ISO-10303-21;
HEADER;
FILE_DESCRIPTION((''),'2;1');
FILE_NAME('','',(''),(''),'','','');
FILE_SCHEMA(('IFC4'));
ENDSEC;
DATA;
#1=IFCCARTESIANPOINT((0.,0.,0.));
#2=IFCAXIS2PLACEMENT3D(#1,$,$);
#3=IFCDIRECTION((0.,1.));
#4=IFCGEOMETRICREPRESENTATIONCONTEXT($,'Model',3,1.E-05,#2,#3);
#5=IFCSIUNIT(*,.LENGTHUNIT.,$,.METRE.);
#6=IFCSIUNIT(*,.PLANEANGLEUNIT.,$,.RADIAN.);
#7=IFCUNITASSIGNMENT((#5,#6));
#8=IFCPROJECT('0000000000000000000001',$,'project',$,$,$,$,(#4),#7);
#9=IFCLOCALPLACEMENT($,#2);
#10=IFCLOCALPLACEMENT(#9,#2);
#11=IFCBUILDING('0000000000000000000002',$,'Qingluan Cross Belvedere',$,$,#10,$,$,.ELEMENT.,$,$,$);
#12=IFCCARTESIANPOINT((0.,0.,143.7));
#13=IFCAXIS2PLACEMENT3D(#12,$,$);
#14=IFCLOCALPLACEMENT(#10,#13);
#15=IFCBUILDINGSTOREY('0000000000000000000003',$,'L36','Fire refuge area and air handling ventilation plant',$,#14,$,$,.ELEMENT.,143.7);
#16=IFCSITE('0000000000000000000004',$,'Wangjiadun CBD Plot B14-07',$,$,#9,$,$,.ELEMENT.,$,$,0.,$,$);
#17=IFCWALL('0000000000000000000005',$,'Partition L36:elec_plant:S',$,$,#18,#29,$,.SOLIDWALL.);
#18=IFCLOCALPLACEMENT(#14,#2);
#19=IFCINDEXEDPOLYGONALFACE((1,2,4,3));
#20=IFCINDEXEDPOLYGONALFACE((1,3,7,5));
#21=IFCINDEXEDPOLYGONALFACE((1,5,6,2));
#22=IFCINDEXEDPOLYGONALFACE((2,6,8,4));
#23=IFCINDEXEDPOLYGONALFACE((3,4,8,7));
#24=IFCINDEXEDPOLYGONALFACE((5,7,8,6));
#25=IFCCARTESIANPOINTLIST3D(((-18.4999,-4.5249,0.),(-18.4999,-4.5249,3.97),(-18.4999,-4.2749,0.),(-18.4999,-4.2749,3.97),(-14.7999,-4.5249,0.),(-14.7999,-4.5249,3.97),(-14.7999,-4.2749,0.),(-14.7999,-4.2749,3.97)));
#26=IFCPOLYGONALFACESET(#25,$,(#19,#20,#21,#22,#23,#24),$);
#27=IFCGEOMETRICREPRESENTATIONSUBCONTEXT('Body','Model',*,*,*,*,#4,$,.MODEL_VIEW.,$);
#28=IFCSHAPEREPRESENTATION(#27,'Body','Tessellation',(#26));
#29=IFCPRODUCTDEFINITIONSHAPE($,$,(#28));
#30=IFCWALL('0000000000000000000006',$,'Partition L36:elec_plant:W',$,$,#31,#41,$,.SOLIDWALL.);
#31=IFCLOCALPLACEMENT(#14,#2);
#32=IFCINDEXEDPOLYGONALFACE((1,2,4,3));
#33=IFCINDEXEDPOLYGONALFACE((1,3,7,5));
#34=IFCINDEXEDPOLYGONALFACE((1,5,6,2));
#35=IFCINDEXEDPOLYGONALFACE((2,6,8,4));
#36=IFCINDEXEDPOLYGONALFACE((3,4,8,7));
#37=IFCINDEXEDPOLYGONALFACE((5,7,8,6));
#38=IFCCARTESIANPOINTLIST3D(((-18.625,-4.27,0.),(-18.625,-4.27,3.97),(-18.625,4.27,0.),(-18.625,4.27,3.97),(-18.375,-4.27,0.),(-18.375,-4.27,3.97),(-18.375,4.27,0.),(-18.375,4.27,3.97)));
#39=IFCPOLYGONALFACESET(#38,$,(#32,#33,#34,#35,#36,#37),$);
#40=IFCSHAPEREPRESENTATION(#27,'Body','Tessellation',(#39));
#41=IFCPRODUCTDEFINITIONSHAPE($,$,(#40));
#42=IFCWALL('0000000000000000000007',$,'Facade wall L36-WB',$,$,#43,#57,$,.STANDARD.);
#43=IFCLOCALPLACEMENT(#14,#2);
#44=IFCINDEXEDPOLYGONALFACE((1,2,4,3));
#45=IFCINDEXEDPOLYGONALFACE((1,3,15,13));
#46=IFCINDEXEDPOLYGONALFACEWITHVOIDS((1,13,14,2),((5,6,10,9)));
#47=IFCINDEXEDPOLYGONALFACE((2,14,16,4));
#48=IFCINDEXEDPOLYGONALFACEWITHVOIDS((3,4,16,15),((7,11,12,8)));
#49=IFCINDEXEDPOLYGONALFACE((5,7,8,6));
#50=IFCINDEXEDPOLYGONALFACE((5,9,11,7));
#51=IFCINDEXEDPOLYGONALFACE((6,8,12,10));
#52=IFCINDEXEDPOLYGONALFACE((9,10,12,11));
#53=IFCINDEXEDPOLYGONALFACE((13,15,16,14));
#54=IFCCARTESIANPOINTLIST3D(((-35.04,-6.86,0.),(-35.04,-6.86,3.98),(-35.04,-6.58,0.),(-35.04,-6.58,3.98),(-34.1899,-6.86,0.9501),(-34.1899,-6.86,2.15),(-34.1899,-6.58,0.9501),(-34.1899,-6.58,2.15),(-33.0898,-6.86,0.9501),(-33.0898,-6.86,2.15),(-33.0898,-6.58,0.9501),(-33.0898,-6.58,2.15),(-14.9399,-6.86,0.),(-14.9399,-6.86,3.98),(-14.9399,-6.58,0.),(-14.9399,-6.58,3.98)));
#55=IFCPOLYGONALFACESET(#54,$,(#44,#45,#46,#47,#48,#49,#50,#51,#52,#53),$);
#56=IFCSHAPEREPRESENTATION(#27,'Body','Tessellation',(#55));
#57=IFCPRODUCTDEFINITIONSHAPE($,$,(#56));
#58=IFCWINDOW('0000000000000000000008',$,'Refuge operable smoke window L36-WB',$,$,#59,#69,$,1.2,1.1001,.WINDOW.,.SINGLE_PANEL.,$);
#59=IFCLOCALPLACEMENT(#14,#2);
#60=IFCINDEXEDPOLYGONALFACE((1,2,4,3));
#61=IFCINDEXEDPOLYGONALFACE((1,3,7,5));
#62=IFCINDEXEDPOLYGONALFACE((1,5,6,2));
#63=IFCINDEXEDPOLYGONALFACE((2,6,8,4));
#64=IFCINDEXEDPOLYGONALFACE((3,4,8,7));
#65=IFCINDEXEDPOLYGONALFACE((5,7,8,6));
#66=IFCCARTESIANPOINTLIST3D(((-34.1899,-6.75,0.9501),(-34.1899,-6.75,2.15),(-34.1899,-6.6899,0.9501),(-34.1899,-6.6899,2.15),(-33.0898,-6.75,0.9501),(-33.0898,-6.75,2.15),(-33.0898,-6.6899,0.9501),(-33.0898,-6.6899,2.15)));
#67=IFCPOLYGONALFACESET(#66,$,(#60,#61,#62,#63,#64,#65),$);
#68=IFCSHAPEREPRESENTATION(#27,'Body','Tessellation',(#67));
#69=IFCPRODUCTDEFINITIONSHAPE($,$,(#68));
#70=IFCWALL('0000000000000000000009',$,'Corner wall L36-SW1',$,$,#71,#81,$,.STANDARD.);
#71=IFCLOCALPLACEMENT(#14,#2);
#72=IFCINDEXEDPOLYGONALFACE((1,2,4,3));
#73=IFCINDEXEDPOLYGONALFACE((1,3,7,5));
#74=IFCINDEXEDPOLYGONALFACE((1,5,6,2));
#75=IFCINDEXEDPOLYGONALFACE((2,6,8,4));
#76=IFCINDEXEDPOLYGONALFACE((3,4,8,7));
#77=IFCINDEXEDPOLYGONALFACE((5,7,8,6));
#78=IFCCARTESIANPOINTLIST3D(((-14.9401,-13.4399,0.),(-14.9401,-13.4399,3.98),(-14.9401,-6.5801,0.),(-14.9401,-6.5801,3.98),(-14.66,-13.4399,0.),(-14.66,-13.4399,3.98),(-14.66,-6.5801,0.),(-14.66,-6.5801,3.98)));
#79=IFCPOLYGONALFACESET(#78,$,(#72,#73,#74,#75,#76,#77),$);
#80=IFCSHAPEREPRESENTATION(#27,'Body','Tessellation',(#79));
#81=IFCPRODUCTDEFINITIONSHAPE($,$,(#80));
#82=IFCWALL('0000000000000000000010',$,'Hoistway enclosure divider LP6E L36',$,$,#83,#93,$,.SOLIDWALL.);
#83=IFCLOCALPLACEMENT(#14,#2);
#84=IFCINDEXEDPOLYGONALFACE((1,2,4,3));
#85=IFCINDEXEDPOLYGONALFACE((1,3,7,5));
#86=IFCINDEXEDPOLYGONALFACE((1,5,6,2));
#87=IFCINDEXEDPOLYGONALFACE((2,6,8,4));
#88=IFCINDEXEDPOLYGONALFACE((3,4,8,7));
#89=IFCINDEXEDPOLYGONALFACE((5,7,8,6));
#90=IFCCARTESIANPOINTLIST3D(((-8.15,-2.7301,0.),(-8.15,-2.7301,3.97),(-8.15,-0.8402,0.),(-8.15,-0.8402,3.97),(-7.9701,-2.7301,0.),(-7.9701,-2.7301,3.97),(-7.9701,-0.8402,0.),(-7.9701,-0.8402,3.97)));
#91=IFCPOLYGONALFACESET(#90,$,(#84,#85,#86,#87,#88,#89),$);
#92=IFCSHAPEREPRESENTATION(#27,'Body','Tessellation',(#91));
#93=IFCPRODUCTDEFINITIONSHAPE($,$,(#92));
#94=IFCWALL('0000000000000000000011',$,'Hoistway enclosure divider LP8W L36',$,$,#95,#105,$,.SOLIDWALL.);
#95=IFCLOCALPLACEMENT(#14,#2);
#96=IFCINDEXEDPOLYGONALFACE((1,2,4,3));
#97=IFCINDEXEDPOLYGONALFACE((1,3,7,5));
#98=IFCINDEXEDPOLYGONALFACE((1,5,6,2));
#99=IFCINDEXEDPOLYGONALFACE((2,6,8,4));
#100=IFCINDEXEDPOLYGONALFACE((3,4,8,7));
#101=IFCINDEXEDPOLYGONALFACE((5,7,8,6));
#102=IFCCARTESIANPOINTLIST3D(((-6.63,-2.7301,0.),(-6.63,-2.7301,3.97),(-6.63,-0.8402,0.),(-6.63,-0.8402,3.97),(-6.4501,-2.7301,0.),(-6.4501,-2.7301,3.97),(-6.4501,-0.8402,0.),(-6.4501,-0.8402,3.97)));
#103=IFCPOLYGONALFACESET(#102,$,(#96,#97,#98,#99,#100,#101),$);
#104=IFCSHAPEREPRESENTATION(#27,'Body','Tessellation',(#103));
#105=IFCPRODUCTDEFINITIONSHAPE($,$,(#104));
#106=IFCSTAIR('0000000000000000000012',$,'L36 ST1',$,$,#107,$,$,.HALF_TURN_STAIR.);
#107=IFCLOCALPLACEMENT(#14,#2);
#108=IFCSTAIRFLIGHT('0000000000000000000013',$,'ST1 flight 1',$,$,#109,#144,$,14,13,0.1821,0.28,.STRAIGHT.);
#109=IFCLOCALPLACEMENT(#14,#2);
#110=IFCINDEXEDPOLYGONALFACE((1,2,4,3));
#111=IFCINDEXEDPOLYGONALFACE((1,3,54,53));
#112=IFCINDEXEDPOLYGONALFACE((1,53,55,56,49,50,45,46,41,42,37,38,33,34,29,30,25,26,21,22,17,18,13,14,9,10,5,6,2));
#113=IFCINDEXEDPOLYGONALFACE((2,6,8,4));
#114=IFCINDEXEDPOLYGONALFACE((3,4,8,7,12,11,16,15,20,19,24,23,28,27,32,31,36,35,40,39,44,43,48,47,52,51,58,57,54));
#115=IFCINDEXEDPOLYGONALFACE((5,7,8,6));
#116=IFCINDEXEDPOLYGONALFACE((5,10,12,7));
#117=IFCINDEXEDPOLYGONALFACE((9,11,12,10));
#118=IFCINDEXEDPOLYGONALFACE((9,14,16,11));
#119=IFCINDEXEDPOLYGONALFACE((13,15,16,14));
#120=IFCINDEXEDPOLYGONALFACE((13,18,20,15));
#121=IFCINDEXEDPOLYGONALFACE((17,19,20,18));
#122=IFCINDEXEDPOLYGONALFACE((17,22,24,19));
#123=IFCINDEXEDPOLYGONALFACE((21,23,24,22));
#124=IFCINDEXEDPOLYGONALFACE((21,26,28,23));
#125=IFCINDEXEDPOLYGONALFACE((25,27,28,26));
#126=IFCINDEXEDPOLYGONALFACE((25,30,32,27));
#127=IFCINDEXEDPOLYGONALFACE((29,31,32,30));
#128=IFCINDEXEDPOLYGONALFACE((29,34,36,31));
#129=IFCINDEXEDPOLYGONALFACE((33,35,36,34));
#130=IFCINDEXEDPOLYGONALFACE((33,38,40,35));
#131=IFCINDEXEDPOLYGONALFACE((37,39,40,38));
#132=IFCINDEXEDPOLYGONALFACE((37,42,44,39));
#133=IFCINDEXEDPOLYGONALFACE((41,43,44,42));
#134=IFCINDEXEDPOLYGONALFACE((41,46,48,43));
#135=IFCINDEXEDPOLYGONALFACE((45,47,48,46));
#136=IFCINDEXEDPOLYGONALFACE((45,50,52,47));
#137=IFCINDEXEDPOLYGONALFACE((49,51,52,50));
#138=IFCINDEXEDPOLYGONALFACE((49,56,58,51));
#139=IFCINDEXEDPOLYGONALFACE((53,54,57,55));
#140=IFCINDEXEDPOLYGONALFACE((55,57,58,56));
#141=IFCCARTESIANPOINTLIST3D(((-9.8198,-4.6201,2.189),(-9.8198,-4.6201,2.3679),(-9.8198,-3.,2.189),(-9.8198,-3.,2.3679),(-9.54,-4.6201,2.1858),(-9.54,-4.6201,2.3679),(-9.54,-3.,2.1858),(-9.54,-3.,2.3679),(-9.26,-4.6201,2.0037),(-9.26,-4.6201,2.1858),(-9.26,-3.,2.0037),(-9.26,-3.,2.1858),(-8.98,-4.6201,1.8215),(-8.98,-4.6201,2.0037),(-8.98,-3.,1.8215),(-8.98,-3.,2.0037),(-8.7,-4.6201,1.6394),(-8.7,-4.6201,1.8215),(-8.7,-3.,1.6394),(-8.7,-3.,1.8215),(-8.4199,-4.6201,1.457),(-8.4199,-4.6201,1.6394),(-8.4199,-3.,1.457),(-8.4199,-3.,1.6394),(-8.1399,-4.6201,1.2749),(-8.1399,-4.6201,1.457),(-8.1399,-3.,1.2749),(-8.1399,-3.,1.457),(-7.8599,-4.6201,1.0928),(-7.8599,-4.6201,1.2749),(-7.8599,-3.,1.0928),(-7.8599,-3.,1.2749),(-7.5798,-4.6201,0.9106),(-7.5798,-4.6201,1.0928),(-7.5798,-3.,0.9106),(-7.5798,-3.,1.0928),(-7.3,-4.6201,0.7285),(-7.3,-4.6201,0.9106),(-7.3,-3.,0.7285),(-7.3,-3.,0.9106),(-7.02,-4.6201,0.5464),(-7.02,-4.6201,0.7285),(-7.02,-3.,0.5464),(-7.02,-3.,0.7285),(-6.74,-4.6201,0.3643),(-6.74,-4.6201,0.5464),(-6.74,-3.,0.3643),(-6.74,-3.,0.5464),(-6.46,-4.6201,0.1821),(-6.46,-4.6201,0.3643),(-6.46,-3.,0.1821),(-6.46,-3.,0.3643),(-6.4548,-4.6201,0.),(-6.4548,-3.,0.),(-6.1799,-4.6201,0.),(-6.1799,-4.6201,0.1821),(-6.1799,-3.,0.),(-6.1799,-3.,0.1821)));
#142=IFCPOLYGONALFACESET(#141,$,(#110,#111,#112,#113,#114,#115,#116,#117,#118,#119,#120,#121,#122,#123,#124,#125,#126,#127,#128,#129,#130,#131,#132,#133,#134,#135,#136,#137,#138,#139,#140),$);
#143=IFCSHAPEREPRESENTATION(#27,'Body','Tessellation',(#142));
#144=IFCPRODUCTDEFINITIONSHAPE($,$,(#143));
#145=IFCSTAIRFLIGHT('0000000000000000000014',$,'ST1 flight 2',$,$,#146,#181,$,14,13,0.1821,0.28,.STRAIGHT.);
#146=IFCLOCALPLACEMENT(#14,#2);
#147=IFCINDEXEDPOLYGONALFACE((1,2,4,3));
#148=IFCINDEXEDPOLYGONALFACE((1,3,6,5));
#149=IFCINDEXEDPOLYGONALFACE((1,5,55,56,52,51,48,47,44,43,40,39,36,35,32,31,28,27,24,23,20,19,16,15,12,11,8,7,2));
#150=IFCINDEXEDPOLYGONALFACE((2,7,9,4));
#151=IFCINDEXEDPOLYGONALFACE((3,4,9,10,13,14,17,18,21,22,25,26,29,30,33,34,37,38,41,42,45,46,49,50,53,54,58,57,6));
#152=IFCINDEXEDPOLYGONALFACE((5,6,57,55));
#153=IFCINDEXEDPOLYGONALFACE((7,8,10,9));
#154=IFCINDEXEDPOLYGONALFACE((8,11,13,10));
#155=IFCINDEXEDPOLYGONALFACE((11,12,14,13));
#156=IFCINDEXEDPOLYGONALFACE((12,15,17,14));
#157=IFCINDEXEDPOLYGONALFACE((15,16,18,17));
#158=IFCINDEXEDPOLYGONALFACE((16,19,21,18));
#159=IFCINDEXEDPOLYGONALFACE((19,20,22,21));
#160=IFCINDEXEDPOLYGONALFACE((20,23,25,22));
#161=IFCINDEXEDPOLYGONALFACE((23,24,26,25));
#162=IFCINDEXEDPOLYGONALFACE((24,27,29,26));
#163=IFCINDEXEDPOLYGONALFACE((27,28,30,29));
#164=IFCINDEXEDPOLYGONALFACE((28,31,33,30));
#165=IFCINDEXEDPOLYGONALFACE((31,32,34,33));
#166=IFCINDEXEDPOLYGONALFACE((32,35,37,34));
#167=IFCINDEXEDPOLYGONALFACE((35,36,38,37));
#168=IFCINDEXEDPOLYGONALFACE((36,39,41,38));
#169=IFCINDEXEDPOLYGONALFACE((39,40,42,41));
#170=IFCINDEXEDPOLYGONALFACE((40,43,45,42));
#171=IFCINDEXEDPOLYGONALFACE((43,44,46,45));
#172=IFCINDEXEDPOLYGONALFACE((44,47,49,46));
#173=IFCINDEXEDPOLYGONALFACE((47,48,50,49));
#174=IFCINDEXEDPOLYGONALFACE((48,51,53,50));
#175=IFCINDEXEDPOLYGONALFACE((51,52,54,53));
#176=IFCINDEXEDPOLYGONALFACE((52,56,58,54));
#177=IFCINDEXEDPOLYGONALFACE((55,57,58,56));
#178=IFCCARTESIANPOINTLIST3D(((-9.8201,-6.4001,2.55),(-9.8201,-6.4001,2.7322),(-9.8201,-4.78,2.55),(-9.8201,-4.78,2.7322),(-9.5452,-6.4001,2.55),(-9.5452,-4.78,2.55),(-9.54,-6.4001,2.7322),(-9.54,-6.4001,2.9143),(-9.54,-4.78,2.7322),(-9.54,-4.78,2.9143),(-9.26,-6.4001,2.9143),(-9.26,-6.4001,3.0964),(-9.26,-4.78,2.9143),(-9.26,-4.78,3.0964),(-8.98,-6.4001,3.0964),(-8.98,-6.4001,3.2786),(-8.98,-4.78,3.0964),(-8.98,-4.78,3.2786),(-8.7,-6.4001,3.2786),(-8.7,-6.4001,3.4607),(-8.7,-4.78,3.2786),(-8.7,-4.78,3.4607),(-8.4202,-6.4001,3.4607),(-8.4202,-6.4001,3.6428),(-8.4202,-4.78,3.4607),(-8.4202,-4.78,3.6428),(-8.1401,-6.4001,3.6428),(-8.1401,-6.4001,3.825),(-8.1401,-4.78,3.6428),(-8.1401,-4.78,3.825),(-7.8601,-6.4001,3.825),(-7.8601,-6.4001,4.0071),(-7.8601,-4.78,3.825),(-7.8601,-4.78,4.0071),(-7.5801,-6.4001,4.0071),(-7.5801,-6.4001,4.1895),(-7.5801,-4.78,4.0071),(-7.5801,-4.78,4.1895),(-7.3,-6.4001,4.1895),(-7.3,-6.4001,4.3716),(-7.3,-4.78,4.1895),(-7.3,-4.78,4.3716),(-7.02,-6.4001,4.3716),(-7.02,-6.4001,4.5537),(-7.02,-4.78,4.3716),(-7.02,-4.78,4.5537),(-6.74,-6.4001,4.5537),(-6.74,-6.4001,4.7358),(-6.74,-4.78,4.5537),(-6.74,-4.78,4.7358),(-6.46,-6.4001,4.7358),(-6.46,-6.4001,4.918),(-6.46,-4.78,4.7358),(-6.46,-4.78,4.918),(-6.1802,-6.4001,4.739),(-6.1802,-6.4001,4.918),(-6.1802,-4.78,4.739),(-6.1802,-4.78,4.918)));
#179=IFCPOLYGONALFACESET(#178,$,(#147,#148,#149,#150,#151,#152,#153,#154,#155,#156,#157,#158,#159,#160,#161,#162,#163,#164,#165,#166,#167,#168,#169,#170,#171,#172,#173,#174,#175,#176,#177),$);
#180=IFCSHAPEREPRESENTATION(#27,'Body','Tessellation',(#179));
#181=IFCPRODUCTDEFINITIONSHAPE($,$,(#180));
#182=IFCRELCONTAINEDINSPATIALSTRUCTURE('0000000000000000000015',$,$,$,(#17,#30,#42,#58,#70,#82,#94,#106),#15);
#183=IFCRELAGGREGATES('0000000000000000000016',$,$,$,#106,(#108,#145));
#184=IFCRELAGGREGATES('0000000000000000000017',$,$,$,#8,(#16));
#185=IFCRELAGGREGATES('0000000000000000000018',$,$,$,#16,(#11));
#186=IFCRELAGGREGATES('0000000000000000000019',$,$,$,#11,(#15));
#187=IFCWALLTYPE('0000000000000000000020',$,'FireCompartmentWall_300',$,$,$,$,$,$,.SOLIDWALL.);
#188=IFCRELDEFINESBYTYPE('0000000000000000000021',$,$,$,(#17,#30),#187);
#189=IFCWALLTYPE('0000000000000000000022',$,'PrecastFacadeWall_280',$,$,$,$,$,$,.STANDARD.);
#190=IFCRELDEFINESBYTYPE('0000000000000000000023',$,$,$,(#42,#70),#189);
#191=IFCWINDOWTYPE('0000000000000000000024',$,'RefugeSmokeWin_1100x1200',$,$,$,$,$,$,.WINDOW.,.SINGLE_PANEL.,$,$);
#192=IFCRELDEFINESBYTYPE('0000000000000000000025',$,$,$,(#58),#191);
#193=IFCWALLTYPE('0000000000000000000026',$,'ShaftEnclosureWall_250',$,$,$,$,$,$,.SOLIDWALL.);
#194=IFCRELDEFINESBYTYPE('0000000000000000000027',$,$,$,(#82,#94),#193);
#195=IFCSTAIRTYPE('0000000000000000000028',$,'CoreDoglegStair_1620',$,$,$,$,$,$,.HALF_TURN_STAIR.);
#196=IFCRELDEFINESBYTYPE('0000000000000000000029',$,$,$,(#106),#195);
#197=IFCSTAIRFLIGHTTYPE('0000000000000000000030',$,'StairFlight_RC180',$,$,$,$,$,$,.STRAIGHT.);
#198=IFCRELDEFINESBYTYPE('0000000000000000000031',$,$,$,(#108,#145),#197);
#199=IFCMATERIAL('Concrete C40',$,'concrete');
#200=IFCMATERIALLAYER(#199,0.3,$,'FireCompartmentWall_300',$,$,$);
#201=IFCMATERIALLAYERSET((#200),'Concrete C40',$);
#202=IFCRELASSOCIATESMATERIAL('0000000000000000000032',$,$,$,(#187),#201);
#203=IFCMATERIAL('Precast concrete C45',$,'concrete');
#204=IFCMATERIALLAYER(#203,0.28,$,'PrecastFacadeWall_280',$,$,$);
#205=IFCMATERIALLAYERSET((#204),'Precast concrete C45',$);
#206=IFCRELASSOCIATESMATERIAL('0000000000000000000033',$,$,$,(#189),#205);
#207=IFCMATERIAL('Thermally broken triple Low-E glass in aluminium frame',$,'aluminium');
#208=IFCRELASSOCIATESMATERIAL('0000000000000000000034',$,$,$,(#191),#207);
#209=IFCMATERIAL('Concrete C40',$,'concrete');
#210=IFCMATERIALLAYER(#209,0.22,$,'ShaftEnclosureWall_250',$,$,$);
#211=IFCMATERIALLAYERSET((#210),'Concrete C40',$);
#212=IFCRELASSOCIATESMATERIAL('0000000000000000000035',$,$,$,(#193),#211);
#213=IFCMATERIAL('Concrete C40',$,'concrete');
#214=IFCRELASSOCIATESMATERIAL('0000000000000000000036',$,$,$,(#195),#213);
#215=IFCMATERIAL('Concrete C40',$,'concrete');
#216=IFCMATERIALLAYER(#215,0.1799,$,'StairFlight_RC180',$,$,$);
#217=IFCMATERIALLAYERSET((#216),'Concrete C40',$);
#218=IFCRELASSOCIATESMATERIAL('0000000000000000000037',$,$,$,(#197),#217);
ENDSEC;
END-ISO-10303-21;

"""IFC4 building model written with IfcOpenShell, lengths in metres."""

from ifc_helpers import new_model, si_unit, direction, frame, frame_2d, origin, place, context, subcontext, project, spatial, polyline, rectangle, outline, extrude, material, layer, layer_set, type_object, element, fill, aggregate, save


model = new_model("IFC4")

# Units and contexts
model_context = context("Model", 3, precision=1e-05, world=origin(), true_north=direction((0.0, 1.0)))
body_context = subcontext(model_context, "Body", "Model", "MODEL_VIEW")
ifc_project = project(units=[si_unit("LENGTHUNIT", "METRE"), si_unit("PLANEANGLEUNIT", "RADIAN")], contexts=[model_context])

# Site, building, storey
site_placement = place(None, origin())
site = spatial("IfcSite", under=ifc_project, at=site_placement, Name="Wangjiadun CBD Plot B14-07", CompositionType="ELEMENT", RefElevation=0.0)
building_placement = place(site_placement, origin())
building = spatial("IfcBuilding", under=site, at=building_placement, Name="Qingluan Cross Belvedere", CompositionType="ELEMENT")
storey_placement = place(building_placement, frame((0.0, 0.0, 143.7)))
storey = spatial("IfcBuildingStorey", under=building, at=storey_placement, Name="L36", Description="Fire refuge area and air handling ventilation plant", CompositionType="ELEMENT", Elevation=143.7)

# Walls
ifc_material_1 = material(Name="Concrete C40", Category="concrete")
ifc_layer_1 = layer(ifc_material_1, 0.3, Name="FireCompartmentWall_300")
ifc_layer_set_1 = layer_set([ifc_layer_1], Name="Concrete C40")
wall_type_1 = type_object("IfcWallType", Name="FireCompartmentWall_300", PredefinedType="SOLIDWALL", material=ifc_layer_set_1)
wall_1_placement = place(storey_placement, frame((-18.5, -4.3999, 0.0), z_axis=(0.0, 0.0, 1.0), x_axis=(1.0, 0.0, 0.0)))
element("IfcWall", 1, at=wall_1_placement, inside=storey, type_object=wall_type_1, Name="Partition L36:elec_plant:S", PredefinedType="SOLIDWALL", context=body_context, shape_type="SweptSolid", body=[
    extrude(rectangle(XDim=3.7, YDim=0.25, at=frame_2d((1.8501, 0.0))), origin(), (0.0, 0.0, 1.0), 3.97),
])
wall_2_placement = place(storey_placement, frame((-18.5, -4.27, 0.0), z_axis=(0.0, 0.0, 1.0), x_axis=(0.0, 1.0, 0.0)))
element("IfcWall", 2, at=wall_2_placement, inside=storey, type_object=wall_type_1, Name="Partition L36:elec_plant:W", PredefinedType="SOLIDWALL", context=body_context, shape_type="SweptSolid", body=[
    extrude(rectangle(XDim=8.54, YDim=0.25, at=frame_2d((4.27, 0.0))), origin(), (0.0, 0.0, 1.0), 3.97),
])

# Wall, opening, window
ifc_material_2 = material(Name="Precast concrete C45", Category="concrete")
ifc_layer_2 = layer(ifc_material_2, 0.28, Name="PrecastFacadeWall_280")
ifc_layer_set_2 = layer_set([ifc_layer_2], Name="Precast concrete C45")
wall_type_2 = type_object("IfcWallType", Name="PrecastFacadeWall_280", PredefinedType="STANDARD", material=ifc_layer_set_2)
wall_3_placement = place(storey_placement, frame((-35.04, -6.72, 0.0), z_axis=(0.0, 0.0, 1.0), x_axis=(1.0, 0.0, 0.0)))
wall_3 = element("IfcWall", 3, at=wall_3_placement, inside=storey, type_object=wall_type_2, Name="Facade wall L36-WB", PredefinedType="STANDARD", context=body_context, shape_type="SweptSolid", body=[
    extrude(rectangle(XDim=20.1001, YDim=0.28, at=frame_2d((10.05, 0.0))), origin(), (0.0, 0.0, 1.0), 3.98),
])
opening_1_placement = place(wall_3_placement, frame((0.8501, 0.0, 0.95)))
opening_1 = element("IfcOpeningElement", 4, at=opening_1_placement, cuts=wall_3, PredefinedType="OPENING", context=body_context, shape_type="SweptSolid", body=[
    extrude(rectangle(XDim=1.1001, YDim=1.2, at=frame_2d((0.55, 0.6001))), frame((0.0, 0.1499, 0.0), z_axis=(0.0, -1.0, 0.0), x_axis=(1.0, 0.0, 0.0)), (0.0, 0.0, 1.0), 0.3),
])
ifc_material_3 = material(Name="Thermally broken triple Low-E glass in aluminium frame", Category="aluminium")
window_type = type_object("IfcWindowType", Name="RefugeSmokeWin_1100x1200", PartitioningType="SINGLE_PANEL", PredefinedType="WINDOW", material=ifc_material_3)
window_placement = place(opening_1_placement, origin())
window = element("IfcWindow", 5, at=window_placement, inside=storey, type_object=window_type, Name="Refuge operable smoke window L36-WB", OverallHeight=1.2, OverallWidth=1.1001, PartitioningType="SINGLE_PANEL", PredefinedType="WINDOW", context=body_context, shape_type="SweptSolid", body=[
    extrude(rectangle(XDim=1.1001, YDim=1.2, at=frame_2d((0.55, 0.6001))), frame((0.0, 0.03, 0.0), z_axis=(0.0, -1.0, 0.0), x_axis=(1.0, 0.0, 0.0)), (0.0, 0.0, 1.0), 0.0601),
])
fill(opening_1, window)

# Walls
wall_4_placement = place(storey_placement, frame((-14.8, -6.5801, 0.0), z_axis=(0.0, 0.0, 1.0), x_axis=(0.0, -1.0, 0.0)))
element("IfcWall", 6, at=wall_4_placement, inside=storey, type_object=wall_type_2, Name="Corner wall L36-SW1", PredefinedType="STANDARD", context=body_context, shape_type="SweptSolid", body=[
    extrude(rectangle(XDim=6.8599, YDim=0.28, at=frame_2d((3.4299, 0.0))), origin(), (0.0, 0.0, 1.0), 3.98),
])
ifc_material_4 = material(Name="Concrete C40", Category="concrete")
ifc_layer_3 = layer(ifc_material_4, 0.22, Name="ShaftEnclosureWall_250")
ifc_layer_set_3 = layer_set([ifc_layer_3], Name="Concrete C40")
wall_type_3 = type_object("IfcWallType", Name="ShaftEnclosureWall_250", PredefinedType="SOLIDWALL", material=ifc_layer_set_3)
for number, where, z_axis, x_axis, name in (
    (7, (-8.0601, -2.73, 0.0), (0.0, 0.0, 1.0), (0.0, 1.0, 0.0), "Hoistway enclosure divider LP6E L36"),
    (8, (-6.54, -2.73, 0.0), (0.0, 0.0, 1.0), (0.0, 1.0, 0.0), "Hoistway enclosure divider LP8W L36"),
):
    element("IfcWall", number, at=place(storey_placement, frame(where, z_axis=z_axis, x_axis=x_axis)), inside=storey, type_object=wall_type_3, Name=name, PredefinedType="SOLIDWALL", context=body_context, shape_type="SweptSolid", body=[
        extrude(rectangle(XDim=1.8899, YDim=0.1799, at=frame_2d((0.9448, 0.0))), origin(), (0.0, 0.0, 1.0), 3.97),
    ])

# Stair, stair flights
ifc_material_5 = material(Name="Concrete C40", Category="concrete")
stair_type = type_object("IfcStairType", Name="CoreDoglegStair_1620", PredefinedType="HALF_TURN_STAIR", material=ifc_material_5)
stair_placement = place(storey_placement, origin())
stair = element("IfcStair", 9, at=stair_placement, inside=storey, type_object=stair_type, Name="L36 ST1", PredefinedType="HALF_TURN_STAIR")
ifc_material_6 = material(Name="Concrete C40", Category="concrete")
ifc_layer_4 = layer(ifc_material_6, 0.1799, Name="StairFlight_RC180")
ifc_layer_set_4 = layer_set([ifc_layer_4], Name="Concrete C40")
stair_flight_type = type_object("IfcStairFlightType", Name="StairFlight_RC180", PredefinedType="STRAIGHT", material=ifc_layer_set_4)
stair_flight_1_placement = place(storey_placement, frame((-6.1799, -3.8101, 0.0), z_axis=(0.0, 0.0, 1.0), x_axis=(-1.0, 0.0, 0.0)))
stair_flight_1 = element("IfcStairFlight", 10, at=stair_flight_1_placement, type_object=stair_flight_type, Name="ST1 flight 1", NumberOfRisers=14, NumberOfTreads=13, PredefinedType="STRAIGHT", RiserHeight=0.1821, TreadLength=0.28, context=body_context, shape_type="SweptSolid", body=[
    extrude(outline(polyline([(0.0, 0.0), (0.0, 0.1821), (0.28, 0.1821), (0.28, 0.3643), (0.5601, 0.3643), (0.5601, 0.5464), (0.8401, 0.5464), (0.8401, 0.7285), (1.1201, 0.7285), (1.1201, 0.9106), (1.3999, 0.9106), (1.3999, 1.0928), (1.6799, 1.0928), (1.6799, 1.2749), (1.96, 1.2749), (1.96, 1.457), (2.24, 1.457), (2.24, 1.6394), (2.52, 1.6394), (2.52, 1.8215), (2.8, 1.8215), (2.8, 2.0037), (3.0801, 2.0037), (3.0801, 2.1858), (3.3601, 2.1858), (3.3601, 2.3679), (3.6399, 2.3679), (3.6399, 2.55), (3.6399, 2.189), (0.2749, 0.0), (0.0, 0.0)])), frame((0.0, 0.8101, 0.0), z_axis=(0.0, -1.0, 0.0), x_axis=(1.0, 0.0, 0.0)), (0.0, 0.0, 1.0), 1.6201),
])
stair_flight_2_placement = place(storey_placement, frame((-9.8201, -5.5901, 2.55), z_axis=(0.0, 0.0, 1.0), x_axis=(1.0, 0.0, 0.0)))
stair_flight_2 = element("IfcStairFlight", 11, at=stair_flight_2_placement, type_object=stair_flight_type, Name="ST1 flight 2", NumberOfRisers=14, NumberOfTreads=13, PredefinedType="STRAIGHT", RiserHeight=0.1821, TreadLength=0.28, context=body_context, shape_type="SweptSolid", body=[
    extrude(outline(polyline([(0.0, 0.0), (0.0, 0.1821), (0.28, 0.1821), (0.28, 0.3643), (0.5601, 0.3643), (0.5601, 0.5464), (0.8401, 0.5464), (0.8401, 0.7285), (1.1201, 0.7285), (1.1201, 0.9106), (1.3999, 0.9106), (1.3999, 1.0928), (1.6799, 1.0928), (1.6799, 1.2749), (1.96, 1.2749), (1.96, 1.457), (2.24, 1.457), (2.24, 1.6394), (2.52, 1.6394), (2.52, 1.8215), (2.8, 1.8215), (2.8, 2.0037), (3.0801, 2.0037), (3.0801, 2.1858), (3.3601, 2.1858), (3.3601, 2.3679), (3.6399, 2.3679), (3.6399, 2.55), (3.6399, 2.189), (0.2749, 0.0), (0.0, 0.0)])), frame((0.0, 0.8101, 0.0), z_axis=(0.0, -1.0, 0.0), x_axis=(1.0, 0.0, 0.0)), (0.0, 0.0, 1.0), 1.6201),
])
aggregate(stair, [stair_flight_1, stair_flight_2])

save(model, "model.ifc")
